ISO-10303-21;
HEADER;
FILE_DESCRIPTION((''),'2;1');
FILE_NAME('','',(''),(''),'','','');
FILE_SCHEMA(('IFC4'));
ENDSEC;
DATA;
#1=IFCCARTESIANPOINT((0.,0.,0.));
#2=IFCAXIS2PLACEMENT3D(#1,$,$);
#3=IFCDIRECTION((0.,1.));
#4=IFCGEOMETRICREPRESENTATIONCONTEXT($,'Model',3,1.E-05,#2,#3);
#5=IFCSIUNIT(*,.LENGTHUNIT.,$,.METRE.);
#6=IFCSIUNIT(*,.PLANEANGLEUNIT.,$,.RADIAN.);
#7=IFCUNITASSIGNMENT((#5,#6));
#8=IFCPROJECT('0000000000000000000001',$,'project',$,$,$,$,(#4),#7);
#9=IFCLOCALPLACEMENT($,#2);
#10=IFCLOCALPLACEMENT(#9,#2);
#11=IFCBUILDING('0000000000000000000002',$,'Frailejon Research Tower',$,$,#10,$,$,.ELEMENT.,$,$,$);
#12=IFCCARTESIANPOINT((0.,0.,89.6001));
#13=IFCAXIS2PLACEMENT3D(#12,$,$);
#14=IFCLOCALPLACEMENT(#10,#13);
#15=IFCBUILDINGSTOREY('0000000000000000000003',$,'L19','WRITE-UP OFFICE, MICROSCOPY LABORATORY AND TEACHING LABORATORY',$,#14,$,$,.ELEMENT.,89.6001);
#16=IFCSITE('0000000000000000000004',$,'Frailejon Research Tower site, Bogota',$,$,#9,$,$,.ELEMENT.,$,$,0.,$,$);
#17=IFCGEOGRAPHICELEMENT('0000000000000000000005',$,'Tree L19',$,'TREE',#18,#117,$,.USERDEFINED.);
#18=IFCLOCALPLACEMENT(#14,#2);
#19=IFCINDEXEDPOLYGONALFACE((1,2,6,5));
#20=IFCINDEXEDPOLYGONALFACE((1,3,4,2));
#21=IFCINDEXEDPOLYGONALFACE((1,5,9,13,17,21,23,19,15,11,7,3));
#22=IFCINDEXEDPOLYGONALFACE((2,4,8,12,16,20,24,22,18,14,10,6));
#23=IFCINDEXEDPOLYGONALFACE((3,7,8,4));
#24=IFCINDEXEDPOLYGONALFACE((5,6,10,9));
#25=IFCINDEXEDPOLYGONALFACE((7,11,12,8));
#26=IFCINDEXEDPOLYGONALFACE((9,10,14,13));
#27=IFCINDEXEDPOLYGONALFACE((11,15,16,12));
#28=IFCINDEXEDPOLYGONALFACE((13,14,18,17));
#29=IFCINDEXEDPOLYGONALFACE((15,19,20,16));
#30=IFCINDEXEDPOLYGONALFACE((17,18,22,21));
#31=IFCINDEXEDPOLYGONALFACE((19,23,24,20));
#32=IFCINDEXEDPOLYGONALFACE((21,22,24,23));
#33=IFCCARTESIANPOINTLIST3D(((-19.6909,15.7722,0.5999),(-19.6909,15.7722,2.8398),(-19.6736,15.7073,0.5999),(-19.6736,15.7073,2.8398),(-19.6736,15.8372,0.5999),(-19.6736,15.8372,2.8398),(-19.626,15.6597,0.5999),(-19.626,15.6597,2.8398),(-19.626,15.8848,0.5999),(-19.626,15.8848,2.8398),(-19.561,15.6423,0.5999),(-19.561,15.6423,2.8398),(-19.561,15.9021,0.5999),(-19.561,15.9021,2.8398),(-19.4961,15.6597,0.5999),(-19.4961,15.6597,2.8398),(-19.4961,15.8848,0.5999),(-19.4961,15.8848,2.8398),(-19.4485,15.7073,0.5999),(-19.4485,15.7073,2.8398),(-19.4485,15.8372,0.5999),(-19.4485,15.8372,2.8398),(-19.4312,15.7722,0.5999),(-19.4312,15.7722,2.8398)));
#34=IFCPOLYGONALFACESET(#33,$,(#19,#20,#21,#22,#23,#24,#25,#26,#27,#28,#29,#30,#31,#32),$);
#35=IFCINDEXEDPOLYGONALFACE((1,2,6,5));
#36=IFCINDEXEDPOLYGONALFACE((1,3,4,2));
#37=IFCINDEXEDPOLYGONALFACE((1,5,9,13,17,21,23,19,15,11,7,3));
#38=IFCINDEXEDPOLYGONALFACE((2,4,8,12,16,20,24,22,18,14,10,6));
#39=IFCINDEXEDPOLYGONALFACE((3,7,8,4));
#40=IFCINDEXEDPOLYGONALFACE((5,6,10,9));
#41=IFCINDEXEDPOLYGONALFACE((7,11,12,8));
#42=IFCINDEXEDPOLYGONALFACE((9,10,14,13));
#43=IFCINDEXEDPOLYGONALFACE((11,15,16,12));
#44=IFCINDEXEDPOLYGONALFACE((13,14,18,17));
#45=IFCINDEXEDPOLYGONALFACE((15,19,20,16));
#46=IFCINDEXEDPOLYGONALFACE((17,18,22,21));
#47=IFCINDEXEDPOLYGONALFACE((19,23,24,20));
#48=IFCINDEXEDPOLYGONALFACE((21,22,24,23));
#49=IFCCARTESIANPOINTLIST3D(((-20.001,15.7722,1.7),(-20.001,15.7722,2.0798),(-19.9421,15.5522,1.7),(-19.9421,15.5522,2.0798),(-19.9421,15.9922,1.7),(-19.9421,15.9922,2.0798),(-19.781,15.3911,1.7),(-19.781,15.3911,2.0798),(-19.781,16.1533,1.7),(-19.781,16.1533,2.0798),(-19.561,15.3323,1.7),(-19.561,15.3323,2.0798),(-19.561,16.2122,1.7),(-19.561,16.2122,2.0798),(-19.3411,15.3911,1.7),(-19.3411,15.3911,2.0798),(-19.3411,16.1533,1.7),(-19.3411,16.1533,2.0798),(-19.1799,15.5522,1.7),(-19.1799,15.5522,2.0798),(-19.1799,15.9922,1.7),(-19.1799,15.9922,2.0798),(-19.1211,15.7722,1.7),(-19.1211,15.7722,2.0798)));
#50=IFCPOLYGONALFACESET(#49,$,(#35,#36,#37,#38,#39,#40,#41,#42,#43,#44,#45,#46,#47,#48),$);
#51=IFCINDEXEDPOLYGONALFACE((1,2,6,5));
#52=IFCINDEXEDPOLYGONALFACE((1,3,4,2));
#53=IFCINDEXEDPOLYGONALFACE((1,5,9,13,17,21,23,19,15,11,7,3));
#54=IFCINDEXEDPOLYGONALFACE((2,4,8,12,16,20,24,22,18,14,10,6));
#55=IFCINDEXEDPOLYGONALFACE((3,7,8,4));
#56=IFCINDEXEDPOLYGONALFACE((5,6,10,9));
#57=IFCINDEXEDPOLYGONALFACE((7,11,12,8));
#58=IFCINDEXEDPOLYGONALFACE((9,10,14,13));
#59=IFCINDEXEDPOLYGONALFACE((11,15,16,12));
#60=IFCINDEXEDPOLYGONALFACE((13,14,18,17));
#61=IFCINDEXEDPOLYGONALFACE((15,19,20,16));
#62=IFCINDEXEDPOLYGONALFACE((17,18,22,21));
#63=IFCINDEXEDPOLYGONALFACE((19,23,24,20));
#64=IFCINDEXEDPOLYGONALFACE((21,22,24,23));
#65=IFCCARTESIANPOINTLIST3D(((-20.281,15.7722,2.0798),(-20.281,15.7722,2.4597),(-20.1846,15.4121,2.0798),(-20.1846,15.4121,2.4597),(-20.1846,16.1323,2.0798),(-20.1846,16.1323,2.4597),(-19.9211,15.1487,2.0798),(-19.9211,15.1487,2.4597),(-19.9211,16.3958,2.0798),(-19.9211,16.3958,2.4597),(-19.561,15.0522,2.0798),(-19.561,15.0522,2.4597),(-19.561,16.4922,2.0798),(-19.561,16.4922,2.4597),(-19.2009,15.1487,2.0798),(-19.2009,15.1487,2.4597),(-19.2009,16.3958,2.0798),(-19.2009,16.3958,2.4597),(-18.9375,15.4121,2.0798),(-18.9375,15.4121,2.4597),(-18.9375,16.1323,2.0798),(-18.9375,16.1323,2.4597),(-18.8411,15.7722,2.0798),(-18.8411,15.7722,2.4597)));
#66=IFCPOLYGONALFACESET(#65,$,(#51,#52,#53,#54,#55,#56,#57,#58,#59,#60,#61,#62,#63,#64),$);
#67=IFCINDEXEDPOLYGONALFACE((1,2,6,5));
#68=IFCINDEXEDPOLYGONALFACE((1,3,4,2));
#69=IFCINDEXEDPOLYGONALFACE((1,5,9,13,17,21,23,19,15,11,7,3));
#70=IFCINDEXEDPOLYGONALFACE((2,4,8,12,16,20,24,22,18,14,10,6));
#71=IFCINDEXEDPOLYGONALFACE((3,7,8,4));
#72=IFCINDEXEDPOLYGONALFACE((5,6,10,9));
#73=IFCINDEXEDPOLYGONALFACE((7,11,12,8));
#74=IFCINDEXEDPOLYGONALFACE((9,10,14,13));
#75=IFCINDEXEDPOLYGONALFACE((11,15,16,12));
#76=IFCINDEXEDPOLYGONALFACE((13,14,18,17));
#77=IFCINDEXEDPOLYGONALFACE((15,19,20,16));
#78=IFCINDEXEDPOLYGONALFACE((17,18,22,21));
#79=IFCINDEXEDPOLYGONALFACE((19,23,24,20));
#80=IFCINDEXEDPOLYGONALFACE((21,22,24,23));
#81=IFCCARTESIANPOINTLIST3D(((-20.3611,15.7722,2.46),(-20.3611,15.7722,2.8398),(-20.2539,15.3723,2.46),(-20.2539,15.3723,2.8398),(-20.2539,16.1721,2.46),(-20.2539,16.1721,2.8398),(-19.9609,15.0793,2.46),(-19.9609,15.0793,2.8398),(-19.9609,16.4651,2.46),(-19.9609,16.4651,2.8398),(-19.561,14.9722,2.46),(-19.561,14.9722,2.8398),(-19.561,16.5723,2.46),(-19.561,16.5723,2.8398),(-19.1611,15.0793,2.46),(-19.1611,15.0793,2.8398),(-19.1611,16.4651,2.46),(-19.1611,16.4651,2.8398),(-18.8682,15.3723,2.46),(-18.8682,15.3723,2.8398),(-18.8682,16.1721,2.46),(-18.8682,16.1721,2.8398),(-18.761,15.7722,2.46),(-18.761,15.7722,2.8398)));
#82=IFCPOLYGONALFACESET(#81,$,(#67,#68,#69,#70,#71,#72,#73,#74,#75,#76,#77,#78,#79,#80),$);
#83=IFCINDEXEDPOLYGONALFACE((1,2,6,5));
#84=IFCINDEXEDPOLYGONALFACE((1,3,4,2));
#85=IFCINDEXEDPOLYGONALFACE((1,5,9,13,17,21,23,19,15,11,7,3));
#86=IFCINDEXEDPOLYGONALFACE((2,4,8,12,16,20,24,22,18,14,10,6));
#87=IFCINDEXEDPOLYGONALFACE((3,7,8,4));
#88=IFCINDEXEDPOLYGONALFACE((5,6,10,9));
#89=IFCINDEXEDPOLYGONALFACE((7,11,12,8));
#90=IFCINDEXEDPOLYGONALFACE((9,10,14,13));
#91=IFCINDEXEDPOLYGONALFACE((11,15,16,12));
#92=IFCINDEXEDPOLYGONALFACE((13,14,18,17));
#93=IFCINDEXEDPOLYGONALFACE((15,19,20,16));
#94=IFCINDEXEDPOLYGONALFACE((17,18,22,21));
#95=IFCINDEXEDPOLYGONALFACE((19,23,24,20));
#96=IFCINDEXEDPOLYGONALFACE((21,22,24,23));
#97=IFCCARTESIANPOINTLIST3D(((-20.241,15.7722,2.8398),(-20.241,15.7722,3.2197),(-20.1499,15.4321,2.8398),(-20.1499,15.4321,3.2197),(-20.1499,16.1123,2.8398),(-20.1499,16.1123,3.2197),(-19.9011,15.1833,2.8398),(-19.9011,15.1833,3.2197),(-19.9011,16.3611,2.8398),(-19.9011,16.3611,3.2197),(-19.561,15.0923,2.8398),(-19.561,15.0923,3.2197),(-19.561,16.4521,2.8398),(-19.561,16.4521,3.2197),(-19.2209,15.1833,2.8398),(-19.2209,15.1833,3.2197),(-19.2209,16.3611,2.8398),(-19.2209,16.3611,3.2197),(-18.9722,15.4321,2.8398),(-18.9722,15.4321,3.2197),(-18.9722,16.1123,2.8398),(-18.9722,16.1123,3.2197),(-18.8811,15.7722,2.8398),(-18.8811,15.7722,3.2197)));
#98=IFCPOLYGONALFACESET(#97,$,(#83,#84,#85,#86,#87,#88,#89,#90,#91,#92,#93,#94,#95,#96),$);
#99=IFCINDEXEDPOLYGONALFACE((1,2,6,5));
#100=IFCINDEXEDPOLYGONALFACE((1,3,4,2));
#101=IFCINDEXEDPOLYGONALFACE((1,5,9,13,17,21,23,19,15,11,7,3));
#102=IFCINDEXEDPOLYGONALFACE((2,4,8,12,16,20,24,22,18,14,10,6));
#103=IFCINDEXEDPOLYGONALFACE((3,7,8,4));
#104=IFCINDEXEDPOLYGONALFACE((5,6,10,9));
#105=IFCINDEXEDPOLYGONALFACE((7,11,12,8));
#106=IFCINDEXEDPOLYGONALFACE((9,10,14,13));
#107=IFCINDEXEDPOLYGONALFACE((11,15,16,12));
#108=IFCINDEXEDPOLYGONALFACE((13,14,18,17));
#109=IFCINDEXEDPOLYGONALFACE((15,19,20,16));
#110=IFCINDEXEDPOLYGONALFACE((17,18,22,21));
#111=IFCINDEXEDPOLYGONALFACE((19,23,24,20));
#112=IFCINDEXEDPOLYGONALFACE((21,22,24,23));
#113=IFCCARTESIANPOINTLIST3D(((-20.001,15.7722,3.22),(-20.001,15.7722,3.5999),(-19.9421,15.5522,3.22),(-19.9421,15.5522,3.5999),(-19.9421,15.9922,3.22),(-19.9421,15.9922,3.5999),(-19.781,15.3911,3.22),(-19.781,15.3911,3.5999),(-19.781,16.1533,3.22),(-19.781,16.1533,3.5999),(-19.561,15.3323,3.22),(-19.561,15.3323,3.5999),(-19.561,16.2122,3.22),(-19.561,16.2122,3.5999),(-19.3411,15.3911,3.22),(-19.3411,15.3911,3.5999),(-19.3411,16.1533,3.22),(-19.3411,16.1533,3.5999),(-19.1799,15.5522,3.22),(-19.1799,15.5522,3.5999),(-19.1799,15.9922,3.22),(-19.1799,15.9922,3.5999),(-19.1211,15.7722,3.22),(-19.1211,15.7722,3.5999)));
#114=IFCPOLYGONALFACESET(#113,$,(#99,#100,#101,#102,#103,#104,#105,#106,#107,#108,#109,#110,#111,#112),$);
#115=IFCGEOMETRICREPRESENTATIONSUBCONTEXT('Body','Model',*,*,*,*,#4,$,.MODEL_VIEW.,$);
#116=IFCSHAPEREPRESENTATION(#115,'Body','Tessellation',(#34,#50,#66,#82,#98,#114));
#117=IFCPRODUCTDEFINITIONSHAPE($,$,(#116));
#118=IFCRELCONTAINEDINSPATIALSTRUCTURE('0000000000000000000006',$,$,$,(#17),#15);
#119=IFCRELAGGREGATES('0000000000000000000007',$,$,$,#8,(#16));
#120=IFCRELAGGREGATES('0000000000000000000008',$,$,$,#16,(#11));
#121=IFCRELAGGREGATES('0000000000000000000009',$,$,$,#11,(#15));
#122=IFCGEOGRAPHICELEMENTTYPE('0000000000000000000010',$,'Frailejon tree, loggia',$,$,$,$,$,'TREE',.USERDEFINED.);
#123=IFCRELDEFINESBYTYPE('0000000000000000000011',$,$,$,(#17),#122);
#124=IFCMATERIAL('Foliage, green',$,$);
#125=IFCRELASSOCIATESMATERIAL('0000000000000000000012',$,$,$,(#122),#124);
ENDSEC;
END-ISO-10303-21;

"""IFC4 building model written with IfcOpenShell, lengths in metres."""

from ifc_helpers import new_model, si_unit, direction, frame, origin, place, context, subcontext, project, spatial, polyline, outline, extrude, material, type_object, element, save


model = new_model("IFC4")

# Units and contexts
model_context = context("Model", 3, precision=1e-05, world=origin(), true_north=direction((0.0, 1.0)))
body_context = subcontext(model_context, "Body", "Model", "MODEL_VIEW")
ifc_project = project(units=[si_unit("LENGTHUNIT", "METRE"), si_unit("PLANEANGLEUNIT", "RADIAN")], contexts=[model_context])

# Site, building, storey
site_placement = place(None, origin())
site = spatial("IfcSite", under=ifc_project, at=site_placement, Name="Frailejon Research Tower site, Bogota", CompositionType="ELEMENT", RefElevation=0.0)
building_placement = place(site_placement, origin())
building = spatial("IfcBuilding", under=site, at=building_placement, Name="Frailejon Research Tower", CompositionType="ELEMENT")
storey_placement = place(building_placement, frame((0.0, 0.0, 89.6001)))
storey = spatial("IfcBuildingStorey", under=building, at=storey_placement, Name="L19", Description="WRITE-UP OFFICE, MICROSCOPY LABORATORY AND TEACHING LABORATORY", CompositionType="ELEMENT", Elevation=89.6001)

# Geographic element
ifc_material_1 = material(Name="Foliage, green")
geographic_element_type = type_object("IfcGeographicElementType", Name="Frailejon tree, loggia", ElementType="TREE", PredefinedType="USERDEFINED", material=ifc_material_1)
geographic_element_placement = place(storey_placement, frame((-19.561, 15.7722, 0.5999)))
element("IfcGeographicElement", 1, at=geographic_element_placement, inside=storey, type_object=geographic_element_type, Name="Tree L19", ObjectType="TREE", PredefinedType="USERDEFINED", context=body_context, shape_type="SweptSolid", body=[
    extrude(outline(polyline([(0.1299, 0.0), (0.1125, 0.0649), (0.0649, 0.1125), (0.0, 0.1299), (-0.0649, 0.1125), (-0.1125, 0.0649), (-0.1299, 0.0), (-0.1125, -0.0649), (-0.0649, -0.1125), (0.0, -0.1299), (0.0649, -0.1125), (0.1125, -0.0649), (0.1299, 0.0)])), origin(), (0.0, 0.0, 1.0), 2.24),
    extrude(outline(polyline([(0.4399, 0.0), (0.3811, 0.22), (0.22, 0.3811), (0.0, 0.4399), (-0.22, 0.3811), (-0.3811, 0.22), (-0.4399, 0.0), (-0.3811, -0.22), (-0.22, -0.3811), (0.0, -0.4399), (0.22, -0.3811), (0.3811, -0.22), (0.4399, 0.0)])), frame((0.0, 0.0, 1.1001)), (0.0, 0.0, 1.0), 0.3799),
    extrude(outline(polyline([(0.72, 0.0), (0.6235, 0.3601), (0.3601, 0.6235), (0.0, 0.72), (-0.3601, 0.6235), (-0.6235, 0.3601), (-0.72, 0.0), (-0.6235, -0.3601), (-0.3601, -0.6235), (0.0, -0.72), (0.3601, -0.6235), (0.6235, -0.3601), (0.72, 0.0)])), frame((0.0, 0.0, 1.48)), (0.0, 0.0, 1.0), 0.3799),
    extrude(outline(polyline([(0.8, 0.0), (0.6929, 0.3999), (0.3999, 0.6929), (0.0, 0.8), (-0.3999, 0.6929), (-0.6929, 0.3999), (-0.8, 0.0), (-0.6929, -0.3999), (-0.3999, -0.6929), (0.0, -0.8), (0.3999, -0.6929), (0.6929, -0.3999), (0.8, 0.0)])), frame((0.0, 0.0, 1.8601)), (0.0, 0.0, 1.0), 0.3799),
    extrude(outline(polyline([(0.6799, 0.0), (0.5889, 0.3401), (0.3401, 0.5889), (0.0, 0.6799), (-0.3401, 0.5889), (-0.5889, 0.3401), (-0.6799, 0.0), (-0.5889, -0.3401), (-0.3401, -0.5889), (0.0, -0.6799), (0.3401, -0.5889), (0.5889, -0.3401), (0.6799, 0.0)])), frame((0.0, 0.0, 2.24)), (0.0, 0.0, 1.0), 0.3799),
    extrude(outline(polyline([(0.4399, 0.0), (0.3811, 0.22), (0.22, 0.3811), (0.0, 0.4399), (-0.22, 0.3811), (-0.3811, 0.22), (-0.4399, 0.0), (-0.3811, -0.22), (-0.22, -0.3811), (0.0, -0.4399), (0.22, -0.3811), (0.3811, -0.22), (0.4399, 0.0)])), frame((0.0, 0.0, 2.6201)), (0.0, 0.0, 1.0), 0.3799),
])

save(model, "model.ifc")
